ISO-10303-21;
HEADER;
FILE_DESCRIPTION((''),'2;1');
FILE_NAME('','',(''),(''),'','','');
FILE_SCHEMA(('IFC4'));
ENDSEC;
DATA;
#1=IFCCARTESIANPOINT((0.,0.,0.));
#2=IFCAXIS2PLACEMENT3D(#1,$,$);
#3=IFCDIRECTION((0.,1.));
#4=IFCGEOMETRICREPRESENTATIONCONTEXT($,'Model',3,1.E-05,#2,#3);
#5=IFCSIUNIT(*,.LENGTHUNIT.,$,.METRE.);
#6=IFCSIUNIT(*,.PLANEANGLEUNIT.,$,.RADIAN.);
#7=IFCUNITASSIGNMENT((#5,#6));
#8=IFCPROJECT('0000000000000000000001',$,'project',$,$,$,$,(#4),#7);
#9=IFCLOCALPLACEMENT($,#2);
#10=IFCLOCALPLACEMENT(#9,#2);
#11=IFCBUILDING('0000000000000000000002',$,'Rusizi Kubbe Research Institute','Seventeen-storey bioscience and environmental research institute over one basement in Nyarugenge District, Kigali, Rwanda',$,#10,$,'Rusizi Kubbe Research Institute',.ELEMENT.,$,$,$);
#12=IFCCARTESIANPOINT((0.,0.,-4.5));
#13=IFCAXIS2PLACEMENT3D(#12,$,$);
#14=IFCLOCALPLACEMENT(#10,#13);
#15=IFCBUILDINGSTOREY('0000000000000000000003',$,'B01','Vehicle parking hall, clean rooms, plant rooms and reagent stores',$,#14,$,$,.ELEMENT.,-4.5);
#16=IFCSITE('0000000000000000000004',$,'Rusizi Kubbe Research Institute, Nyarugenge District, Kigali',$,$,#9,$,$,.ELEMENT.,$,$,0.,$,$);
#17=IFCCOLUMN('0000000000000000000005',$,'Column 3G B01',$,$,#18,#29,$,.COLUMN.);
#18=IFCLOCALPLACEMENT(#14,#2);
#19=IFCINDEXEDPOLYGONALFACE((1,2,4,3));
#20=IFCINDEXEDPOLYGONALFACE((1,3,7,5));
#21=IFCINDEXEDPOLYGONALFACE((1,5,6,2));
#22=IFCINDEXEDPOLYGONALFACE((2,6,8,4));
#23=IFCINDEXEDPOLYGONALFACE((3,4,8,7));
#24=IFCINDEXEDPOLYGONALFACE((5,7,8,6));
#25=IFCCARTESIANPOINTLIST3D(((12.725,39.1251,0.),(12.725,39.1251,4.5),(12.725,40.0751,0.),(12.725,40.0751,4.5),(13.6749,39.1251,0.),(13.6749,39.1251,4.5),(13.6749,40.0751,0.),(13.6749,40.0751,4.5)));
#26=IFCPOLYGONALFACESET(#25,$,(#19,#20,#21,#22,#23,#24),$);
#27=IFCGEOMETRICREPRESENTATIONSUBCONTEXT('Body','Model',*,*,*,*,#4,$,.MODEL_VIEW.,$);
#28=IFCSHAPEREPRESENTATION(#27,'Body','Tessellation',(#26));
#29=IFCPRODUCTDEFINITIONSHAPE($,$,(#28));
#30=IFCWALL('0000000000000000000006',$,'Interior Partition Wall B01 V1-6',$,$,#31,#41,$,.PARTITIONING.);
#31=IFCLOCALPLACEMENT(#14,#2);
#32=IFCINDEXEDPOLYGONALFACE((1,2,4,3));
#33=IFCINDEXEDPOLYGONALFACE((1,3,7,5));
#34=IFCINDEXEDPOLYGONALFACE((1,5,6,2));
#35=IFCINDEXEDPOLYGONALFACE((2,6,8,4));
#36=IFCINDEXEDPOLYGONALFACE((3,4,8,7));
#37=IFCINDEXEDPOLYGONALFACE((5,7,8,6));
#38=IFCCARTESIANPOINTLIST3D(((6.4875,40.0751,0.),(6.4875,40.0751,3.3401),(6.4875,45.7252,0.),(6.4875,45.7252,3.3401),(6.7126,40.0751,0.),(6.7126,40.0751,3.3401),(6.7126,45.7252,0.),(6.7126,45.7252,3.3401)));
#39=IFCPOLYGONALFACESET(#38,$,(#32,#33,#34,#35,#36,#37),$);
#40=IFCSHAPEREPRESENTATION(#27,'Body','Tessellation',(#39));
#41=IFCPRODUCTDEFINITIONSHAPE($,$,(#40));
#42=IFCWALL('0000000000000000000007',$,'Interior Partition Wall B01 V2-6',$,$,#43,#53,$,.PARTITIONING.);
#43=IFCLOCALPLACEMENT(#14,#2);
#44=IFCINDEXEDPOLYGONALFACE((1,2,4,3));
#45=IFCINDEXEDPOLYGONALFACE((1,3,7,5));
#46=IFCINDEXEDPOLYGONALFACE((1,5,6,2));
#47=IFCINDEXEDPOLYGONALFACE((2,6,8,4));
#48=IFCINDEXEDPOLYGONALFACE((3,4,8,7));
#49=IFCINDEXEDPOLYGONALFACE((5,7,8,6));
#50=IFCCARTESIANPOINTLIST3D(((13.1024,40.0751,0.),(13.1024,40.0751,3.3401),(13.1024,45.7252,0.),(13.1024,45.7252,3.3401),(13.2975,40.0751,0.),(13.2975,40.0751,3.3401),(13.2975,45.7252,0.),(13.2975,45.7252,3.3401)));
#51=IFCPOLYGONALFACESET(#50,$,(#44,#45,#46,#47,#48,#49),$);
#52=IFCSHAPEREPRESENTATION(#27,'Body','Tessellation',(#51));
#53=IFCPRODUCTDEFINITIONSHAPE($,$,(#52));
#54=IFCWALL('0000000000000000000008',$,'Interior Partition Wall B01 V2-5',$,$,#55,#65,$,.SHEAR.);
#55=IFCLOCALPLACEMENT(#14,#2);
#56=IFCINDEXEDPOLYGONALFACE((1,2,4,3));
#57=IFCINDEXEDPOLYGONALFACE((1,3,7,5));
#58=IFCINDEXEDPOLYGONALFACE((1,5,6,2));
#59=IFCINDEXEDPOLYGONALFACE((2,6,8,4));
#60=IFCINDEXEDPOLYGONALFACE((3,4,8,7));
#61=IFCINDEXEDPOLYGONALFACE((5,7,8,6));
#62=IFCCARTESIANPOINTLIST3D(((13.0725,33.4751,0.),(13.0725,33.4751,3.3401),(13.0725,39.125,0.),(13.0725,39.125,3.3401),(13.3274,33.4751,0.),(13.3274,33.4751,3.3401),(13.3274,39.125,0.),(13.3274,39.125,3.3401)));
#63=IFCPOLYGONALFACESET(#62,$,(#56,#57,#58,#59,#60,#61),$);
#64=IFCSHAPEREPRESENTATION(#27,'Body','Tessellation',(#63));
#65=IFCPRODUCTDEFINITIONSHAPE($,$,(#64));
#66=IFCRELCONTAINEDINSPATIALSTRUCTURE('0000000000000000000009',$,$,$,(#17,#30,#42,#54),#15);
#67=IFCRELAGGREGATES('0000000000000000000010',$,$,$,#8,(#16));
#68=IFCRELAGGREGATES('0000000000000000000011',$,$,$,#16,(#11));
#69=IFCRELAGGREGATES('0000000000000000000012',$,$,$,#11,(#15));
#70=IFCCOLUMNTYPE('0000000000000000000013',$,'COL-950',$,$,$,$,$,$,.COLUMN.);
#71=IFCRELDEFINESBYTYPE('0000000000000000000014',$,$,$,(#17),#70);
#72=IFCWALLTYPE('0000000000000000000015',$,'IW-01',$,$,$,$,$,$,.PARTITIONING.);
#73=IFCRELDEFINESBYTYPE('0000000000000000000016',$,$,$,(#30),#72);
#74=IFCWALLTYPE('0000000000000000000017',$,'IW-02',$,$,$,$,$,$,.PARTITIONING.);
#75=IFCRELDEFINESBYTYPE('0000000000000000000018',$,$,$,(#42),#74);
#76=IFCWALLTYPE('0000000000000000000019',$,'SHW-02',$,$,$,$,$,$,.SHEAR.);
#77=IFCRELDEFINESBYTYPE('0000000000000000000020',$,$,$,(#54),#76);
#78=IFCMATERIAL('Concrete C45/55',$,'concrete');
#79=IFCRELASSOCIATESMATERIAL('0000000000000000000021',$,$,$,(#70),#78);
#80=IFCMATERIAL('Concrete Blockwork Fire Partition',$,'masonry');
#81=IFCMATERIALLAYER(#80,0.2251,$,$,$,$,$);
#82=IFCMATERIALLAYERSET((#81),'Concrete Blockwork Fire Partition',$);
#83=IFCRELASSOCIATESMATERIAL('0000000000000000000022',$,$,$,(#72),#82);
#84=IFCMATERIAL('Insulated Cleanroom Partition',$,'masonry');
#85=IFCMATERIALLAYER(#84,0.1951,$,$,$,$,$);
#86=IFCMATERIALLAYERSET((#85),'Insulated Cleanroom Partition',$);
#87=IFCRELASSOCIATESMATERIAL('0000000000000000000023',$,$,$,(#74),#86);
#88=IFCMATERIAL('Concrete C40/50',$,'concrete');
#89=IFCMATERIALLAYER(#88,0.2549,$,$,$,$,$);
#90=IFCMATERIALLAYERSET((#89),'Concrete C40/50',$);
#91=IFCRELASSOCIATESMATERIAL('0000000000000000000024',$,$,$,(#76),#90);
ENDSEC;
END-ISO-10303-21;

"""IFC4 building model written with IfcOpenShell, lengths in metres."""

from ifc_helpers import new_model, si_unit, direction, frame, frame_2d, origin, origin_2d, place, context, subcontext, project, spatial, rectangle, extrude, material, layer, layer_set, material_profile, profile_set, type_object, element, save


model = new_model("IFC4")

# Units and contexts
model_context = context("Model", 3, precision=1e-05, world=origin(), true_north=direction((0.0, 1.0)))
body_context = subcontext(model_context, "Body", "Model", "MODEL_VIEW")
ifc_project = project(units=[si_unit("LENGTHUNIT", "METRE"), si_unit("PLANEANGLEUNIT", "RADIAN")], contexts=[model_context])

# Site, building, storey
site_placement = place(None, origin())
site = spatial("IfcSite", under=ifc_project, at=site_placement, Name="Rusizi Kubbe Research Institute, Nyarugenge District, Kigali", CompositionType="ELEMENT", RefElevation=0.0)
building_placement = place(site_placement, origin())
building = spatial("IfcBuilding", under=site, at=building_placement, Name="Rusizi Kubbe Research Institute", Description="Seventeen-storey bioscience and environmental research institute over one basement in Nyarugenge District, Kigali, Rwanda", LongName="Rusizi Kubbe Research Institute", CompositionType="ELEMENT")
storey_placement = place(building_placement, frame((0.0, 0.0, -4.5)))
storey = spatial("IfcBuildingStorey", under=building, at=storey_placement, Name="B01", Description="Vehicle parking hall, clean rooms, plant rooms and reagent stores", CompositionType="ELEMENT", Elevation=-4.5)

# Column
ifc_material_1 = material(Name="Concrete C45/55", Category="concrete")
ifc_material_profile_1 = material_profile(ifc_material_1, rectangle(XDim=0.95, YDim=0.95, at=origin_2d()), Name="RC950x950")
ifc_profile_set_1 = profile_set([ifc_material_profile_1], Name="Concrete C45/55")
column_type = type_object("IfcColumnType", Name="COL-950", PredefinedType="COLUMN", material=ifc_profile_set_1)
for number, where, z_axis, x_axis, name in (
    (1, (13.2, 39.6001, 0.0), (0.0, 0.0, 1.0), (1.0, 0.0, 0.0), "Column 3G B01"),
):
    element("IfcColumn", number, at=place(storey_placement, frame(where, z_axis=z_axis, x_axis=x_axis)), inside=storey, type_object=column_type, Name=name, PredefinedType="COLUMN", context=body_context, shape_type="SweptSolid", body=[
        extrude(rectangle(XDim=0.95, YDim=0.95, at=origin_2d()), origin(), (0.0, 0.0, 1.0), 4.5),
    ])

# Walls
ifc_material_2 = material(Name="Concrete Blockwork Fire Partition", Category="masonry")
ifc_layer_1 = layer(ifc_material_2, 0.2251)
ifc_layer_set_1 = layer_set([ifc_layer_1], Name="Concrete Blockwork Fire Partition")
wall_type_1 = type_object("IfcWallType", Name="IW-01", PredefinedType="PARTITIONING", material=ifc_layer_set_1)
wall_1_placement = place(storey_placement, frame((6.6001, 40.075, 0.0), z_axis=(0.0, 0.0, 1.0), x_axis=(0.0, 1.0, 0.0)))
element("IfcWall", 2, at=wall_1_placement, inside=storey, type_object=wall_type_1, Name="Interior Partition Wall B01 V1-6", PredefinedType="PARTITIONING", context=body_context, shape_type="SweptSolid", body=[
    extrude(rectangle(XDim=5.6501, YDim=0.2251, at=frame_2d((2.8252, 0.0))), origin(), (0.0, 0.0, 1.0), 3.3401),
])
ifc_material_3 = material(Name="Insulated Cleanroom Partition", Category="masonry")
ifc_layer_2 = layer(ifc_material_3, 0.1951)
ifc_layer_set_2 = layer_set([ifc_layer_2], Name="Insulated Cleanroom Partition")
wall_type_2 = type_object("IfcWallType", Name="IW-02", PredefinedType="PARTITIONING", material=ifc_layer_set_2)
wall_2_placement = place(storey_placement, frame((13.2, 40.075, 0.0), z_axis=(0.0, 0.0, 1.0), x_axis=(0.0, 1.0, 0.0)))
element("IfcWall", 3, at=wall_2_placement, inside=storey, type_object=wall_type_2, Name="Interior Partition Wall B01 V2-6", PredefinedType="PARTITIONING", context=body_context, shape_type="SweptSolid", body=[
    extrude(rectangle(XDim=5.6501, YDim=0.1951, at=frame_2d((2.8252, 0.0))), origin(), (0.0, 0.0, 1.0), 3.3401),
])
ifc_material_4 = material(Name="Concrete C40/50", Category="concrete")
ifc_layer_3 = layer(ifc_material_4, 0.2549)
ifc_layer_set_3 = layer_set([ifc_layer_3], Name="Concrete C40/50")
wall_type_3 = type_object("IfcWallType", Name="SHW-02", PredefinedType="SHEAR", material=ifc_layer_set_3)
wall_3_placement = place(storey_placement, frame((13.2, 33.4751, 0.0), z_axis=(0.0, 0.0, 1.0), x_axis=(0.0, 1.0, 0.0)))
element("IfcWall", 4, at=wall_3_placement, inside=storey, type_object=wall_type_3, Name="Interior Partition Wall B01 V2-5", PredefinedType="SHEAR", context=body_context, shape_type="SweptSolid", body=[
    extrude(rectangle(XDim=5.6499, YDim=0.2549, at=frame_2d((2.825, 0.0))), origin(), (0.0, 0.0, 1.0), 3.3401),
])

save(model, "model.ifc")
